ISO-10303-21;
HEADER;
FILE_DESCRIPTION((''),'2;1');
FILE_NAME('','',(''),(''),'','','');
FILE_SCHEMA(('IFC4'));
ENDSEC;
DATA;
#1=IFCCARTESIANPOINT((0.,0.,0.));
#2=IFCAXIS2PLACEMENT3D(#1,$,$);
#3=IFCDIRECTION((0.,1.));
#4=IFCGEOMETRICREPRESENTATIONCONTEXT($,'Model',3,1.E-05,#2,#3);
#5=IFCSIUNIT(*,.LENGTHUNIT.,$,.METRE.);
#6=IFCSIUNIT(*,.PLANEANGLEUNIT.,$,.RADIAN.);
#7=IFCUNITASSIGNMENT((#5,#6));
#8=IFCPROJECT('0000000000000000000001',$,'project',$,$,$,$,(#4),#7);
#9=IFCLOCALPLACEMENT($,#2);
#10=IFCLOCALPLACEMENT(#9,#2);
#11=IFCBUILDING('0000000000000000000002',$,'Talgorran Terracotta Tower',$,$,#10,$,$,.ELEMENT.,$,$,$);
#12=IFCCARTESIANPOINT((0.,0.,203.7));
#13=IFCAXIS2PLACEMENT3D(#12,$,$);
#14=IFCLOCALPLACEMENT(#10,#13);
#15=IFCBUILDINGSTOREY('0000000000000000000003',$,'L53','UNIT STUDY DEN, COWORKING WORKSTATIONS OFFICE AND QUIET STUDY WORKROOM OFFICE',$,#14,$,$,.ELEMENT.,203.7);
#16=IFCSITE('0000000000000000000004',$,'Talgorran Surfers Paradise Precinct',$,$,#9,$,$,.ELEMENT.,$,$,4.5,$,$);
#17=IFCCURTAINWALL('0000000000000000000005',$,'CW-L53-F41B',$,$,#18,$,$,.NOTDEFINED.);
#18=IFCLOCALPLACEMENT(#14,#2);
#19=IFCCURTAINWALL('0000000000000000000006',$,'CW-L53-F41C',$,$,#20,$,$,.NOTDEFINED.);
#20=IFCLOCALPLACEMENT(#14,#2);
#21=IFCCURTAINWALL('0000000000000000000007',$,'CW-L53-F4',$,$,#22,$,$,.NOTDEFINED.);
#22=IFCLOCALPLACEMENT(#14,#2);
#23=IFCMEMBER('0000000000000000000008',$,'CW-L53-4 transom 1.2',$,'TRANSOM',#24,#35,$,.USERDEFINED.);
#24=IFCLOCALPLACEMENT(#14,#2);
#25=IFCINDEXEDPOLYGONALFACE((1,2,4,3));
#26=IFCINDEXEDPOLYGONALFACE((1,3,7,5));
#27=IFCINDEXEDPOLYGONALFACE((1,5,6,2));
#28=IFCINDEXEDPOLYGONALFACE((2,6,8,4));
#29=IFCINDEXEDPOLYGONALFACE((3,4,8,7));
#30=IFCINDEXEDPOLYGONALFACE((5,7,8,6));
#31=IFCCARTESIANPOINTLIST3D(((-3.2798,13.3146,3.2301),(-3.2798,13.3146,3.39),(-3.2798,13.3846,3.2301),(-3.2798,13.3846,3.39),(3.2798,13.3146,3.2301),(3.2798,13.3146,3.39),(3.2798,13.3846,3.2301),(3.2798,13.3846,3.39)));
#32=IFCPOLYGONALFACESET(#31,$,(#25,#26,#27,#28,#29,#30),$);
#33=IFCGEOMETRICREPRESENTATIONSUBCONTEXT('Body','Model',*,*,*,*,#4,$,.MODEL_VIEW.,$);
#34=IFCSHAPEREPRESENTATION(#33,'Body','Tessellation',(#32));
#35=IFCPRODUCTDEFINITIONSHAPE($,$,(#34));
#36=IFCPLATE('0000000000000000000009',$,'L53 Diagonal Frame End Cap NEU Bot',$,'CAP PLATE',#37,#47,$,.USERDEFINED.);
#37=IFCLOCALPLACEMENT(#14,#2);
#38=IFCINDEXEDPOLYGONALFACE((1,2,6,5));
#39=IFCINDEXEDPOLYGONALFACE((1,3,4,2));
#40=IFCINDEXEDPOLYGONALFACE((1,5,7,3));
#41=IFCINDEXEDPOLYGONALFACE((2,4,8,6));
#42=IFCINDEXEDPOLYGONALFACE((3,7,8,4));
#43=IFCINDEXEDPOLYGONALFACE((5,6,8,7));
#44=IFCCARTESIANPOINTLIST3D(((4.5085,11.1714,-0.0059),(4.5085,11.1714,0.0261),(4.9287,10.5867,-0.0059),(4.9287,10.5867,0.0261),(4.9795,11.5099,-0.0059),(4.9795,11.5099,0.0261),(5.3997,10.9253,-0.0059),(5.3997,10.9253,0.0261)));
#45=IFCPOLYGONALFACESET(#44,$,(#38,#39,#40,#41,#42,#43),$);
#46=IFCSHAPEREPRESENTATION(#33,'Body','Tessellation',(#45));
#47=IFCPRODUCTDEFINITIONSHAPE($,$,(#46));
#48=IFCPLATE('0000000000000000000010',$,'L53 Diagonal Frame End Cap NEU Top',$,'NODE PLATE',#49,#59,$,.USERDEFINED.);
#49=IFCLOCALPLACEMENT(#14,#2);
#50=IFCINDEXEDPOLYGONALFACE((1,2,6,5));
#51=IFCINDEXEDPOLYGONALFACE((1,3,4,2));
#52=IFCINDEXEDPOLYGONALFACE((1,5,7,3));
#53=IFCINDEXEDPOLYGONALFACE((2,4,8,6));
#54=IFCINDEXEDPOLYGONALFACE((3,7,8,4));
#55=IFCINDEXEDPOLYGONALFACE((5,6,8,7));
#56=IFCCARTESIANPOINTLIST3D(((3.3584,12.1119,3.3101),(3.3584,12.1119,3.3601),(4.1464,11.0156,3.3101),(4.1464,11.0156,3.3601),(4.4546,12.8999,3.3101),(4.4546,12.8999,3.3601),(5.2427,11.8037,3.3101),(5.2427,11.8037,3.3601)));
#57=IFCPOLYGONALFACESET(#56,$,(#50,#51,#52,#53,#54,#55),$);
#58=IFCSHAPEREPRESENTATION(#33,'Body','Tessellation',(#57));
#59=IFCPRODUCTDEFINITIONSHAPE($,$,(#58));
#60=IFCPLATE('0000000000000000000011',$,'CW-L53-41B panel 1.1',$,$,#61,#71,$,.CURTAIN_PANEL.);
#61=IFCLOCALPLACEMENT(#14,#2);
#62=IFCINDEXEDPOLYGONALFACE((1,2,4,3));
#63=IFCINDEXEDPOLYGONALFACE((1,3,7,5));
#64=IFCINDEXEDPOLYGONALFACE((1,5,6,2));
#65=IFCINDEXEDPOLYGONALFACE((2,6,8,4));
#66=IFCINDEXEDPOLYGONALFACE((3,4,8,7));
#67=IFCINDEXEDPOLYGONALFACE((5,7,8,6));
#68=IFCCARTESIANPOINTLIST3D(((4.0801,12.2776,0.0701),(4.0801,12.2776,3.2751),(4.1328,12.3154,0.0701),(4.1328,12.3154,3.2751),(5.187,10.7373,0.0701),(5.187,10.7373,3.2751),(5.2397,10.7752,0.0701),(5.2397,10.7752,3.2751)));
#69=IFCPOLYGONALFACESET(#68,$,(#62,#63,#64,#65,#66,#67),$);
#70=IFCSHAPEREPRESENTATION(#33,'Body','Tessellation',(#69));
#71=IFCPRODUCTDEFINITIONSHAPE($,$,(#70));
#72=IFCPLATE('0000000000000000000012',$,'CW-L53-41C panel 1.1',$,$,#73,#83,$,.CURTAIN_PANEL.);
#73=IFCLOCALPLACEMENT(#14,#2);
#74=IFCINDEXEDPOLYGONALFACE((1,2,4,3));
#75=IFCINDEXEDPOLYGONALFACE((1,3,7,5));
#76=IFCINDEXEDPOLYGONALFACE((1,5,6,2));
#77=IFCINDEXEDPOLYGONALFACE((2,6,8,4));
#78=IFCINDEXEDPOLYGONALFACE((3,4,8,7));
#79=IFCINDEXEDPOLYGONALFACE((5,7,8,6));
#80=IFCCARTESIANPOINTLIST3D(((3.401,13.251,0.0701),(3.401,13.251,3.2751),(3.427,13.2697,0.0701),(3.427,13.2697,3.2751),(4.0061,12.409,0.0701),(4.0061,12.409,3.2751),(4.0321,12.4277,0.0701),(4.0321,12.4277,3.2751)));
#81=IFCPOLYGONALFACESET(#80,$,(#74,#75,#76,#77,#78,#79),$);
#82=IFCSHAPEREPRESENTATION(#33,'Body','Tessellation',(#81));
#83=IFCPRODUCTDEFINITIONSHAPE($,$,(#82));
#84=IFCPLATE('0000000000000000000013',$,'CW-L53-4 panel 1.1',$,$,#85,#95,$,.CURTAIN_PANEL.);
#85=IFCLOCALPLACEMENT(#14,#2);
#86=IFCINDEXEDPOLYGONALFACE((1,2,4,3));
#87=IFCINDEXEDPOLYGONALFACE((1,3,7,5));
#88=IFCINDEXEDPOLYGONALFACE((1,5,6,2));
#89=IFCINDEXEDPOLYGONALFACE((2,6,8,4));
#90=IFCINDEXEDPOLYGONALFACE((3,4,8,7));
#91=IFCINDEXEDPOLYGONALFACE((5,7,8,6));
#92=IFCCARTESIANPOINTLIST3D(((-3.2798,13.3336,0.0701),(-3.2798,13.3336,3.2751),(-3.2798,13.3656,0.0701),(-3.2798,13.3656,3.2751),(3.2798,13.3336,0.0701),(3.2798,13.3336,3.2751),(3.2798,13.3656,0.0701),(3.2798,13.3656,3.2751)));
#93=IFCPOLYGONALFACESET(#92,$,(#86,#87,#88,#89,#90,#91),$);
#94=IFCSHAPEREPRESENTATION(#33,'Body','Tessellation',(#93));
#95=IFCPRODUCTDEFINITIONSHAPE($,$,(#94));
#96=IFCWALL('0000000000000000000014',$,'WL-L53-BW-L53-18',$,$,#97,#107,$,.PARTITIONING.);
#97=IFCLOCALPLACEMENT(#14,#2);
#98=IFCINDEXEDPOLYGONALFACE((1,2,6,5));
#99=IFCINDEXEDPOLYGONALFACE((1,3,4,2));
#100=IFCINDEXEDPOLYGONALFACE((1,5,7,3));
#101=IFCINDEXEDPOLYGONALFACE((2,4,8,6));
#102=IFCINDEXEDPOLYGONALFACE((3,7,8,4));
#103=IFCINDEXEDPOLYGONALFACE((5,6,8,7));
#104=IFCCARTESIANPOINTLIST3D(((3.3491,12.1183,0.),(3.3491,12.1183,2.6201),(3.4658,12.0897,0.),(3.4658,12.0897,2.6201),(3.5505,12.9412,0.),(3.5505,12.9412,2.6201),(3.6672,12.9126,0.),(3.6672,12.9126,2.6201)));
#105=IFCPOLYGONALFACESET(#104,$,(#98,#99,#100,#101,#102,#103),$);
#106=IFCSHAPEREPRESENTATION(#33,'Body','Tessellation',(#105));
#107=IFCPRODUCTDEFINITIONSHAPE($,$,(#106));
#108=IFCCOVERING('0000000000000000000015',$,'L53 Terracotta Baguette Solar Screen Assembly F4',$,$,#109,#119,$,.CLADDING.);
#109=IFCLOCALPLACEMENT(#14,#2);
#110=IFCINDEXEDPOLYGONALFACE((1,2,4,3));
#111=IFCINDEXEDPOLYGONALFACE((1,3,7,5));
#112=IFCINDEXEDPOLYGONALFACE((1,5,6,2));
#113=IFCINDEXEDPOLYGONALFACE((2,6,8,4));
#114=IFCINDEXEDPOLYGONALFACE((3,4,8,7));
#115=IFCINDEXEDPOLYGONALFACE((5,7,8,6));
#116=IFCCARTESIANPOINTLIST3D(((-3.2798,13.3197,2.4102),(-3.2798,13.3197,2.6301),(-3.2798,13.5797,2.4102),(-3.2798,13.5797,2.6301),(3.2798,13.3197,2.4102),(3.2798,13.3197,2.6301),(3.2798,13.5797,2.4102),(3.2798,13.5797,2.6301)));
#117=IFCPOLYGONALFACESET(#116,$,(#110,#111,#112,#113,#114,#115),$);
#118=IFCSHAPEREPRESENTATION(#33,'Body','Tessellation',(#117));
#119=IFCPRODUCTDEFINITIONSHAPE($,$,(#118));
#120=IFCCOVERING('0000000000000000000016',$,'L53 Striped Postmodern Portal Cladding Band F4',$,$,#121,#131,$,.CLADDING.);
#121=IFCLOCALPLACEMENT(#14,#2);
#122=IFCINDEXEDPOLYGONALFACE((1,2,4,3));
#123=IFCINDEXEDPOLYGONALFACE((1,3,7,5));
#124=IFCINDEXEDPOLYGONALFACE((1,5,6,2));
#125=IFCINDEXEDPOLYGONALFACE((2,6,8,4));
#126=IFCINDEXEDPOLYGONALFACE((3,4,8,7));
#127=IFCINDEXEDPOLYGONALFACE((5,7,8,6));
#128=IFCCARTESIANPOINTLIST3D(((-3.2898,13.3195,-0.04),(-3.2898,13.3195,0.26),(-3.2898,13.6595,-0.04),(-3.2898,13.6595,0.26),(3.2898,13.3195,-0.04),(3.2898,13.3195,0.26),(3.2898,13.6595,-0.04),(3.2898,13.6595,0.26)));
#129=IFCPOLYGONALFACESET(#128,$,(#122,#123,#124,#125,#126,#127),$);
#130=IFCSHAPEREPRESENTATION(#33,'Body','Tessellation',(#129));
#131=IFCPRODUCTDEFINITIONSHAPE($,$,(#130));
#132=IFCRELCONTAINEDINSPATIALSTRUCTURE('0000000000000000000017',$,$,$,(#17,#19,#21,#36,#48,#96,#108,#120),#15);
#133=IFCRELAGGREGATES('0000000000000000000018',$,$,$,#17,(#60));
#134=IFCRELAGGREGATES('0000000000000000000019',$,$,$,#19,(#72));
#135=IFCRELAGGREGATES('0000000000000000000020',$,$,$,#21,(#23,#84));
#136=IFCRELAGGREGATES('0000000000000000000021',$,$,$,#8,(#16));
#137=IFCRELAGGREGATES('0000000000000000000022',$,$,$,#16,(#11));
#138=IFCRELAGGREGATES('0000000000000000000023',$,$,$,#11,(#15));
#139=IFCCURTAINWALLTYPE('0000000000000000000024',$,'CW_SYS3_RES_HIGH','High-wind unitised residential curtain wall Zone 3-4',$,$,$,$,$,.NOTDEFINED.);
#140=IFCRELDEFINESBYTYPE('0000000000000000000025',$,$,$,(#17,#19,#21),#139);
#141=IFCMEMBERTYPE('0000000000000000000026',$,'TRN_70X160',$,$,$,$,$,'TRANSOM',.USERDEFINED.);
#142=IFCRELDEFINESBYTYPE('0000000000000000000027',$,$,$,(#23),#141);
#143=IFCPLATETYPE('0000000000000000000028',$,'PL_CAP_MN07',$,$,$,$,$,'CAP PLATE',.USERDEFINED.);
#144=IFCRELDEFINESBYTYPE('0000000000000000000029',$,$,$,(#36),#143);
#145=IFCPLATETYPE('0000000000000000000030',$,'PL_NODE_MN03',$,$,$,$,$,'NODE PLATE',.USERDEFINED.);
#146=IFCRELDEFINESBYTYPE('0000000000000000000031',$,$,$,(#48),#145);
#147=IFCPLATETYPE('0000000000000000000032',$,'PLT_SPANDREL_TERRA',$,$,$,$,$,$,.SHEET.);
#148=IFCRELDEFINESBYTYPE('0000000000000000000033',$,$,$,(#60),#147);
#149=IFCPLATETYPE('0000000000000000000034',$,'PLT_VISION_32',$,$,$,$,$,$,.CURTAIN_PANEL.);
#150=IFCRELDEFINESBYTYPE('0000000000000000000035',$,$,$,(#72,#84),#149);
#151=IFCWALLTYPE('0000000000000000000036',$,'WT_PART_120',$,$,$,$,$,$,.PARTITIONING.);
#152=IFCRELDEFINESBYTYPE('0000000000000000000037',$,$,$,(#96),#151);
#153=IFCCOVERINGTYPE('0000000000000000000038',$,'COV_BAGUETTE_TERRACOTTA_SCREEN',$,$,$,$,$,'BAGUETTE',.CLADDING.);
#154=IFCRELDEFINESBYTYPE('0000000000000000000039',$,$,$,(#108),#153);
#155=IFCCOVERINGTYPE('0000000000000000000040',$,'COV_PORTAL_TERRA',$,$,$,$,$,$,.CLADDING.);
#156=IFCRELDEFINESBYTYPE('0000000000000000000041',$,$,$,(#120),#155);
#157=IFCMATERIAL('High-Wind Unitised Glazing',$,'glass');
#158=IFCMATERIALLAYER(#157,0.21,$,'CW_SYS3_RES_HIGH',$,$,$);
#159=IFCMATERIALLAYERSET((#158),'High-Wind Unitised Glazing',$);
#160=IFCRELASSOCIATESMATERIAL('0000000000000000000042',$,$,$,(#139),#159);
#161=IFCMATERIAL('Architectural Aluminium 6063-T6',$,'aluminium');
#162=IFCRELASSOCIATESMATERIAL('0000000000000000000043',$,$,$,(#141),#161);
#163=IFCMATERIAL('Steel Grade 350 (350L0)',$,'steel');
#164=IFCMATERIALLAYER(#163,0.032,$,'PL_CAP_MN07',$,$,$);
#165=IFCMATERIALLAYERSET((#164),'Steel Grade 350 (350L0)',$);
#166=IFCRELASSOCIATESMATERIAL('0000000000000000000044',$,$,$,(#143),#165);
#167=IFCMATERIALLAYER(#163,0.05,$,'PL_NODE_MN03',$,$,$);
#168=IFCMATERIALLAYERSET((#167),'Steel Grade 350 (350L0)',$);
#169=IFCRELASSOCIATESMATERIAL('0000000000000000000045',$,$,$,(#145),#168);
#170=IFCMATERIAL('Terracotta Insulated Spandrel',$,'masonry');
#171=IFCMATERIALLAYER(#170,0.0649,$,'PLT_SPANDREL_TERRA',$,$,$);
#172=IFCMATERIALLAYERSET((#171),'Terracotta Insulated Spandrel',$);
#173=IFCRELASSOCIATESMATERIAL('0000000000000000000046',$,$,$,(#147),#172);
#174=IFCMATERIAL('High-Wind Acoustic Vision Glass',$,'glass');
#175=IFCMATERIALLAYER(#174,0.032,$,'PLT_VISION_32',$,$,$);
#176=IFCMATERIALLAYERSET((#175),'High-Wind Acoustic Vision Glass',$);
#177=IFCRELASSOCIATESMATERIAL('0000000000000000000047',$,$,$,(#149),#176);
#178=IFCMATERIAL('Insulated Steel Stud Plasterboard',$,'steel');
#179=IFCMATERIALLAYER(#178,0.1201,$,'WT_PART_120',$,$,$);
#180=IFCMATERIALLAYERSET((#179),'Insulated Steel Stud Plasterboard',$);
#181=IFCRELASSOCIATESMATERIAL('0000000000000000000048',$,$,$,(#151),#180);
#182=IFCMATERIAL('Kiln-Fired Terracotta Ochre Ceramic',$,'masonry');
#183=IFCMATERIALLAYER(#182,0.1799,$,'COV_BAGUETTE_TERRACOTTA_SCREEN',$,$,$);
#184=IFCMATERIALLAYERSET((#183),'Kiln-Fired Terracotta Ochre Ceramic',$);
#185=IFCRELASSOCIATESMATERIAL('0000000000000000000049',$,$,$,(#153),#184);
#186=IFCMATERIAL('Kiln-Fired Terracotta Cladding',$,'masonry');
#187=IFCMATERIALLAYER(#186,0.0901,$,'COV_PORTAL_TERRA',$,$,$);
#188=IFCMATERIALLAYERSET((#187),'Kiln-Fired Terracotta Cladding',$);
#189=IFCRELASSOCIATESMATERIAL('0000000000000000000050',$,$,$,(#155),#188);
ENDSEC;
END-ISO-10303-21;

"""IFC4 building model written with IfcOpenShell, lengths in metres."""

from ifc_helpers import new_model, si_unit, direction, frame, frame_2d, origin, origin_2d, place, context, subcontext, project, spatial, rectangle, extrude, source, transform, mapped, material, layer, layer_set, material_profile, profile_set, type_object, type_shapes, element, aggregate, save


model = new_model("IFC4")

# Units and contexts
model_context = context("Model", 3, precision=1e-05, world=origin(), true_north=direction((0.0, 1.0)))
body_context = subcontext(model_context, "Body", "Model", "MODEL_VIEW")
ifc_project = project(units=[si_unit("LENGTHUNIT", "METRE"), si_unit("PLANEANGLEUNIT", "RADIAN")], contexts=[model_context])

# Site, building, storey
site_placement = place(None, origin())
site = spatial("IfcSite", under=ifc_project, at=site_placement, Name="Talgorran Surfers Paradise Precinct", CompositionType="ELEMENT", RefElevation=4.5)
building_placement = place(site_placement, origin())
building = spatial("IfcBuilding", under=site, at=building_placement, Name="Talgorran Terracotta Tower", CompositionType="ELEMENT")
storey_placement = place(building_placement, frame((0.0, 0.0, 203.7)))
storey = spatial("IfcBuildingStorey", under=building, at=storey_placement, Name="L53", Description="UNIT STUDY DEN, COWORKING WORKSTATIONS OFFICE AND QUIET STUDY WORKROOM OFFICE", CompositionType="ELEMENT", Elevation=203.7)

# Shared definitions
ifc_material_1 = material(Name="Steel Grade 350 (350L0)", Category="steel")

# Curtain wall
ifc_material_2 = material(Name="High-Wind Unitised Glazing", Category="glass")
ifc_layer_1 = layer(ifc_material_2, 0.21, Name="CW_SYS3_RES_HIGH")
ifc_layer_set_1 = layer_set([ifc_layer_1], Name="High-Wind Unitised Glazing")
curtain_wall_type = type_object("IfcCurtainWallType", Name="CW_SYS3_RES_HIGH", Description="High-wind unitised residential curtain wall Zone 3-4", PredefinedType="NOTDEFINED", material=ifc_layer_set_1)
curtain_wall_1_placement = place(storey_placement, origin())
curtain_wall_1 = element("IfcCurtainWall", 1, at=curtain_wall_1_placement, inside=storey, type_object=curtain_wall_type, Name="CW-L53-F41B", PredefinedType="NOTDEFINED")
ifc_material_3 = material(Name="Architectural Aluminium 6063-T6", Category="aluminium")

# Curtain wall
curtain_wall_2_placement = place(storey_placement, origin())
curtain_wall_2 = element("IfcCurtainWall", 2, at=curtain_wall_2_placement, inside=storey, type_object=curtain_wall_type, Name="CW-L53-F41C", PredefinedType="NOTDEFINED")

# Curtain wall
curtain_wall_3_placement = place(storey_placement, origin())
curtain_wall_3 = element("IfcCurtainWall", 3, at=curtain_wall_3_placement, inside=storey, type_object=curtain_wall_type, Name="CW-L53-F4", PredefinedType="NOTDEFINED")

# Member
ifc_material_profile_1 = material_profile(ifc_material_3, rectangle(XDim=0.0701, YDim=0.1599, at=origin_2d()), Name="CWT70X160")
ifc_profile_set_1 = profile_set([ifc_material_profile_1], Name="Architectural Aluminium 6063-T6")
member_type_1 = type_object("IfcMemberType", Name="TRN_70X160", ElementType="TRANSOM", PredefinedType="USERDEFINED", material=ifc_profile_set_1)
member_1_placement = place(storey_placement, frame((3.2798, 13.3496, 3.3101), z_axis=(-1.0, 0.0, 0.0), x_axis=(0.0, -1.0, 0.0)))
member_1 = element("IfcMember", 4, at=member_1_placement, type_object=member_type_1, Name="CW-L53-4 transom 1.2", ObjectType="TRANSOM", PredefinedType="USERDEFINED", context=body_context, shape_type="SweptSolid", body=[
    extrude(rectangle(XDim=0.0701, YDim=0.1599, at=origin_2d()), origin(), (0.0, 0.0, 1.0), 6.5596),
])

# Plates
ifc_layer_2 = layer(ifc_material_1, 0.032, Name="PL_CAP_MN07")
ifc_layer_set_2 = layer_set([ifc_layer_2], Name="Steel Grade 350 (350L0)")
plate_type_1 = type_object("IfcPlateType", Name="PL_CAP_MN07", ElementType="CAP PLATE", PredefinedType="USERDEFINED", material=ifc_layer_set_2)
plate_1_placement = place(storey_placement, frame((4.9541, 11.0483, -0.0059), z_axis=(0.0, 0.0, 1.0), x_axis=(-0.583683, 0.811982, 0.0)))
element("IfcPlate", 5, at=plate_1_placement, inside=storey, type_object=plate_type_1, Name="L53 Diagonal Frame End Cap NEU Bot", ObjectType="CAP PLATE", PredefinedType="USERDEFINED", context=body_context, shape_type="SweptSolid", body=[
    extrude(rectangle(XDim=0.72, YDim=0.5801, at=origin_2d()), origin(), (0.0, 0.0, 1.0), 0.032),
])
ifc_layer_3 = layer(ifc_material_1, 0.05, Name="PL_NODE_MN03")
ifc_layer_set_3 = layer_set([ifc_layer_3], Name="Steel Grade 350 (350L0)")
plate_type_2 = type_object("IfcPlateType", Name="PL_NODE_MN03", ElementType="NODE PLATE", PredefinedType="USERDEFINED", material=ifc_layer_set_3)
plate_2_placement = place(storey_placement, frame((4.3005, 11.9578, 3.3101), z_axis=(0.0, 0.0, 1.0), x_axis=(-0.583683, 0.811982, 0.0)))
element("IfcPlate", 6, at=plate_2_placement, inside=storey, type_object=plate_type_2, Name="L53 Diagonal Frame End Cap NEU Top", ObjectType="NODE PLATE", PredefinedType="USERDEFINED", context=body_context, shape_type="SweptSolid", body=[
    extrude(rectangle(XDim=1.3501, YDim=1.3501, at=origin_2d()), origin(), (0.0, 0.0, 1.0), 0.05),
])

# Plates
ifc_material_4 = material(Name="Terracotta Insulated Spandrel", Category="masonry")
ifc_layer_4 = layer(ifc_material_4, 0.0649, Name="PLT_SPANDREL_TERRA")
ifc_layer_set_4 = layer_set([ifc_layer_4], Name="Terracotta Insulated Spandrel")
plate_type_3 = type_object("IfcPlateType", Name="PLT_SPANDREL_TERRA", PredefinedType="SHEET", material=ifc_layer_set_4)
shared_shape_1 = source(origin(), body_context, "Body", "SweptSolid", [
    extrude(rectangle(XDim=1.8967, YDim=0.0649, at=origin_2d()), origin(), (0.0, 0.0, 1.0), 3.2051),
])
type_shapes(plate_type_3, [shared_shape_1])
plate_3_placement = place(storey_placement, frame((4.6599, 11.5264, 0.0701), z_axis=(0.0, 0.0, 1.0), x_axis=(-0.583567, 0.812065, 0.0)))
plate_3 = element("IfcPlate", 7, at=plate_3_placement, type_object=plate_type_3, Name="CW-L53-41B panel 1.1", PredefinedType="CURTAIN_PANEL", context=body_context, shape_type="MappedRepresentation", body=[
    mapped(shared_shape_1, transform((0.0, 0.0, 0.0), scale=1.0)),
])
aggregate(curtain_wall_1, [plate_3])
ifc_material_5 = material(Name="High-Wind Acoustic Vision Glass", Category="glass")
ifc_layer_5 = layer(ifc_material_5, 0.032, Name="PLT_VISION_32")
ifc_layer_set_5 = layer_set([ifc_layer_5], Name="High-Wind Acoustic Vision Glass")
plate_type_4 = type_object("IfcPlateType", Name="PLT_VISION_32", PredefinedType="CURTAIN_PANEL", material=ifc_layer_set_5)
shared_shape_2 = source(origin(), body_context, "Body", "SweptSolid", [
    extrude(rectangle(XDim=1.0369, YDim=0.032, at=origin_2d()), origin(), (0.0, 0.0, 1.0), 3.2051),
])
plate_4_placement = place(storey_placement, frame((3.7166, 12.8394, 0.0701), z_axis=(0.0, 0.0, 1.0), x_axis=(-0.583559, 0.812071, 0.0)))
plate_4 = element("IfcPlate", 8, at=plate_4_placement, type_object=plate_type_4, Name="CW-L53-41C panel 1.1", PredefinedType="CURTAIN_PANEL", context=body_context, shape_type="MappedRepresentation", body=[
    mapped(shared_shape_2, transform((0.0, 0.0, 0.0), scale=1.0)),
])
aggregate(curtain_wall_2, [plate_4])
shared_shape_3 = source(origin(), body_context, "Body", "SweptSolid", [
    extrude(rectangle(XDim=6.5596, YDim=0.032, at=origin_2d()), origin(), (0.0, 0.0, 1.0), 3.2051),
])
type_shapes(plate_type_4, [shared_shape_2, shared_shape_3])
plate_5_placement = place(storey_placement, frame((0.0, 13.3496, 0.0701), z_axis=(0.0, 0.0, 1.0), x_axis=(-1.0, 0.0, 0.0)))
plate_5 = element("IfcPlate", 9, at=plate_5_placement, type_object=plate_type_4, Name="CW-L53-4 panel 1.1", PredefinedType="CURTAIN_PANEL", context=body_context, shape_type="MappedRepresentation", body=[
    mapped(shared_shape_3, transform((0.0, 0.0, 0.0), scale=1.0)),
])
aggregate(curtain_wall_3, [member_1, plate_5])

# Wall
ifc_material_6 = material(Name="Insulated Steel Stud Plasterboard", Category="steel")
ifc_layer_6 = layer(ifc_material_6, 0.1201, Name="WT_PART_120")
ifc_layer_set_6 = layer_set([ifc_layer_6], Name="Insulated Steel Stud Plasterboard")
wall_type = type_object("IfcWallType", Name="WT_PART_120", PredefinedType="PARTITIONING", material=ifc_layer_set_6)
wall_placement = place(storey_placement, frame((3.4075, 12.104, 0.0), z_axis=(0.0, 0.0, 1.0), x_axis=(0.237719, 0.971334, 0.0)))
element("IfcWall", 10, at=wall_placement, inside=storey, type_object=wall_type, Name="WL-L53-BW-L53-18", PredefinedType="PARTITIONING", context=body_context, shape_type="SweptSolid", body=[
    extrude(rectangle(XDim=0.8472, YDim=0.1201, at=frame_2d((0.4236, 0.0))), origin(), (0.0, 0.0, 1.0), 2.6201),
])

# Coverings
ifc_material_7 = material(Name="Kiln-Fired Terracotta Ochre Ceramic", Category="masonry")
ifc_layer_7 = layer(ifc_material_7, 0.1799, Name="COV_BAGUETTE_TERRACOTTA_SCREEN")
ifc_layer_set_7 = layer_set([ifc_layer_7], Name="Kiln-Fired Terracotta Ochre Ceramic")
covering_type_1 = type_object("IfcCoveringType", Name="COV_BAGUETTE_TERRACOTTA_SCREEN", ElementType="BAGUETTE", PredefinedType="CLADDING", material=ifc_layer_set_7)
covering_1_placement = place(storey_placement, frame((0.0, 13.4497, 2.4102), z_axis=(0.0, 0.0, 1.0), x_axis=(-1.0, 0.0, 0.0)))
element("IfcCovering", 11, at=covering_1_placement, inside=storey, type_object=covering_type_1, Name="L53 Terracotta Baguette Solar Screen Assembly F4", PredefinedType="CLADDING", context=body_context, shape_type="SweptSolid", body=[
    extrude(rectangle(XDim=6.5596, YDim=0.26, at=origin_2d()), origin(), (0.0, 0.0, 1.0), 0.22),
])
ifc_material_8 = material(Name="Kiln-Fired Terracotta Cladding", Category="masonry")
ifc_layer_8 = layer(ifc_material_8, 0.0901, Name="COV_PORTAL_TERRA")
ifc_layer_set_8 = layer_set([ifc_layer_8], Name="Kiln-Fired Terracotta Cladding")
covering_type_2 = type_object("IfcCoveringType", Name="COV_PORTAL_TERRA", PredefinedType="CLADDING", material=ifc_layer_set_8)
covering_2_placement = place(storey_placement, frame((0.0, 13.4895, -0.04), z_axis=(0.0, 0.0, 1.0), x_axis=(-1.0, 0.0, 0.0)))
element("IfcCovering", 12, at=covering_2_placement, inside=storey, type_object=covering_type_2, Name="L53 Striped Postmodern Portal Cladding Band F4", PredefinedType="CLADDING", context=body_context, shape_type="SweptSolid", body=[
    extrude(rectangle(XDim=6.5796, YDim=0.3401, at=origin_2d()), origin(), (0.0, 0.0, 1.0), 0.3),
])

save(model, "model.ifc")
